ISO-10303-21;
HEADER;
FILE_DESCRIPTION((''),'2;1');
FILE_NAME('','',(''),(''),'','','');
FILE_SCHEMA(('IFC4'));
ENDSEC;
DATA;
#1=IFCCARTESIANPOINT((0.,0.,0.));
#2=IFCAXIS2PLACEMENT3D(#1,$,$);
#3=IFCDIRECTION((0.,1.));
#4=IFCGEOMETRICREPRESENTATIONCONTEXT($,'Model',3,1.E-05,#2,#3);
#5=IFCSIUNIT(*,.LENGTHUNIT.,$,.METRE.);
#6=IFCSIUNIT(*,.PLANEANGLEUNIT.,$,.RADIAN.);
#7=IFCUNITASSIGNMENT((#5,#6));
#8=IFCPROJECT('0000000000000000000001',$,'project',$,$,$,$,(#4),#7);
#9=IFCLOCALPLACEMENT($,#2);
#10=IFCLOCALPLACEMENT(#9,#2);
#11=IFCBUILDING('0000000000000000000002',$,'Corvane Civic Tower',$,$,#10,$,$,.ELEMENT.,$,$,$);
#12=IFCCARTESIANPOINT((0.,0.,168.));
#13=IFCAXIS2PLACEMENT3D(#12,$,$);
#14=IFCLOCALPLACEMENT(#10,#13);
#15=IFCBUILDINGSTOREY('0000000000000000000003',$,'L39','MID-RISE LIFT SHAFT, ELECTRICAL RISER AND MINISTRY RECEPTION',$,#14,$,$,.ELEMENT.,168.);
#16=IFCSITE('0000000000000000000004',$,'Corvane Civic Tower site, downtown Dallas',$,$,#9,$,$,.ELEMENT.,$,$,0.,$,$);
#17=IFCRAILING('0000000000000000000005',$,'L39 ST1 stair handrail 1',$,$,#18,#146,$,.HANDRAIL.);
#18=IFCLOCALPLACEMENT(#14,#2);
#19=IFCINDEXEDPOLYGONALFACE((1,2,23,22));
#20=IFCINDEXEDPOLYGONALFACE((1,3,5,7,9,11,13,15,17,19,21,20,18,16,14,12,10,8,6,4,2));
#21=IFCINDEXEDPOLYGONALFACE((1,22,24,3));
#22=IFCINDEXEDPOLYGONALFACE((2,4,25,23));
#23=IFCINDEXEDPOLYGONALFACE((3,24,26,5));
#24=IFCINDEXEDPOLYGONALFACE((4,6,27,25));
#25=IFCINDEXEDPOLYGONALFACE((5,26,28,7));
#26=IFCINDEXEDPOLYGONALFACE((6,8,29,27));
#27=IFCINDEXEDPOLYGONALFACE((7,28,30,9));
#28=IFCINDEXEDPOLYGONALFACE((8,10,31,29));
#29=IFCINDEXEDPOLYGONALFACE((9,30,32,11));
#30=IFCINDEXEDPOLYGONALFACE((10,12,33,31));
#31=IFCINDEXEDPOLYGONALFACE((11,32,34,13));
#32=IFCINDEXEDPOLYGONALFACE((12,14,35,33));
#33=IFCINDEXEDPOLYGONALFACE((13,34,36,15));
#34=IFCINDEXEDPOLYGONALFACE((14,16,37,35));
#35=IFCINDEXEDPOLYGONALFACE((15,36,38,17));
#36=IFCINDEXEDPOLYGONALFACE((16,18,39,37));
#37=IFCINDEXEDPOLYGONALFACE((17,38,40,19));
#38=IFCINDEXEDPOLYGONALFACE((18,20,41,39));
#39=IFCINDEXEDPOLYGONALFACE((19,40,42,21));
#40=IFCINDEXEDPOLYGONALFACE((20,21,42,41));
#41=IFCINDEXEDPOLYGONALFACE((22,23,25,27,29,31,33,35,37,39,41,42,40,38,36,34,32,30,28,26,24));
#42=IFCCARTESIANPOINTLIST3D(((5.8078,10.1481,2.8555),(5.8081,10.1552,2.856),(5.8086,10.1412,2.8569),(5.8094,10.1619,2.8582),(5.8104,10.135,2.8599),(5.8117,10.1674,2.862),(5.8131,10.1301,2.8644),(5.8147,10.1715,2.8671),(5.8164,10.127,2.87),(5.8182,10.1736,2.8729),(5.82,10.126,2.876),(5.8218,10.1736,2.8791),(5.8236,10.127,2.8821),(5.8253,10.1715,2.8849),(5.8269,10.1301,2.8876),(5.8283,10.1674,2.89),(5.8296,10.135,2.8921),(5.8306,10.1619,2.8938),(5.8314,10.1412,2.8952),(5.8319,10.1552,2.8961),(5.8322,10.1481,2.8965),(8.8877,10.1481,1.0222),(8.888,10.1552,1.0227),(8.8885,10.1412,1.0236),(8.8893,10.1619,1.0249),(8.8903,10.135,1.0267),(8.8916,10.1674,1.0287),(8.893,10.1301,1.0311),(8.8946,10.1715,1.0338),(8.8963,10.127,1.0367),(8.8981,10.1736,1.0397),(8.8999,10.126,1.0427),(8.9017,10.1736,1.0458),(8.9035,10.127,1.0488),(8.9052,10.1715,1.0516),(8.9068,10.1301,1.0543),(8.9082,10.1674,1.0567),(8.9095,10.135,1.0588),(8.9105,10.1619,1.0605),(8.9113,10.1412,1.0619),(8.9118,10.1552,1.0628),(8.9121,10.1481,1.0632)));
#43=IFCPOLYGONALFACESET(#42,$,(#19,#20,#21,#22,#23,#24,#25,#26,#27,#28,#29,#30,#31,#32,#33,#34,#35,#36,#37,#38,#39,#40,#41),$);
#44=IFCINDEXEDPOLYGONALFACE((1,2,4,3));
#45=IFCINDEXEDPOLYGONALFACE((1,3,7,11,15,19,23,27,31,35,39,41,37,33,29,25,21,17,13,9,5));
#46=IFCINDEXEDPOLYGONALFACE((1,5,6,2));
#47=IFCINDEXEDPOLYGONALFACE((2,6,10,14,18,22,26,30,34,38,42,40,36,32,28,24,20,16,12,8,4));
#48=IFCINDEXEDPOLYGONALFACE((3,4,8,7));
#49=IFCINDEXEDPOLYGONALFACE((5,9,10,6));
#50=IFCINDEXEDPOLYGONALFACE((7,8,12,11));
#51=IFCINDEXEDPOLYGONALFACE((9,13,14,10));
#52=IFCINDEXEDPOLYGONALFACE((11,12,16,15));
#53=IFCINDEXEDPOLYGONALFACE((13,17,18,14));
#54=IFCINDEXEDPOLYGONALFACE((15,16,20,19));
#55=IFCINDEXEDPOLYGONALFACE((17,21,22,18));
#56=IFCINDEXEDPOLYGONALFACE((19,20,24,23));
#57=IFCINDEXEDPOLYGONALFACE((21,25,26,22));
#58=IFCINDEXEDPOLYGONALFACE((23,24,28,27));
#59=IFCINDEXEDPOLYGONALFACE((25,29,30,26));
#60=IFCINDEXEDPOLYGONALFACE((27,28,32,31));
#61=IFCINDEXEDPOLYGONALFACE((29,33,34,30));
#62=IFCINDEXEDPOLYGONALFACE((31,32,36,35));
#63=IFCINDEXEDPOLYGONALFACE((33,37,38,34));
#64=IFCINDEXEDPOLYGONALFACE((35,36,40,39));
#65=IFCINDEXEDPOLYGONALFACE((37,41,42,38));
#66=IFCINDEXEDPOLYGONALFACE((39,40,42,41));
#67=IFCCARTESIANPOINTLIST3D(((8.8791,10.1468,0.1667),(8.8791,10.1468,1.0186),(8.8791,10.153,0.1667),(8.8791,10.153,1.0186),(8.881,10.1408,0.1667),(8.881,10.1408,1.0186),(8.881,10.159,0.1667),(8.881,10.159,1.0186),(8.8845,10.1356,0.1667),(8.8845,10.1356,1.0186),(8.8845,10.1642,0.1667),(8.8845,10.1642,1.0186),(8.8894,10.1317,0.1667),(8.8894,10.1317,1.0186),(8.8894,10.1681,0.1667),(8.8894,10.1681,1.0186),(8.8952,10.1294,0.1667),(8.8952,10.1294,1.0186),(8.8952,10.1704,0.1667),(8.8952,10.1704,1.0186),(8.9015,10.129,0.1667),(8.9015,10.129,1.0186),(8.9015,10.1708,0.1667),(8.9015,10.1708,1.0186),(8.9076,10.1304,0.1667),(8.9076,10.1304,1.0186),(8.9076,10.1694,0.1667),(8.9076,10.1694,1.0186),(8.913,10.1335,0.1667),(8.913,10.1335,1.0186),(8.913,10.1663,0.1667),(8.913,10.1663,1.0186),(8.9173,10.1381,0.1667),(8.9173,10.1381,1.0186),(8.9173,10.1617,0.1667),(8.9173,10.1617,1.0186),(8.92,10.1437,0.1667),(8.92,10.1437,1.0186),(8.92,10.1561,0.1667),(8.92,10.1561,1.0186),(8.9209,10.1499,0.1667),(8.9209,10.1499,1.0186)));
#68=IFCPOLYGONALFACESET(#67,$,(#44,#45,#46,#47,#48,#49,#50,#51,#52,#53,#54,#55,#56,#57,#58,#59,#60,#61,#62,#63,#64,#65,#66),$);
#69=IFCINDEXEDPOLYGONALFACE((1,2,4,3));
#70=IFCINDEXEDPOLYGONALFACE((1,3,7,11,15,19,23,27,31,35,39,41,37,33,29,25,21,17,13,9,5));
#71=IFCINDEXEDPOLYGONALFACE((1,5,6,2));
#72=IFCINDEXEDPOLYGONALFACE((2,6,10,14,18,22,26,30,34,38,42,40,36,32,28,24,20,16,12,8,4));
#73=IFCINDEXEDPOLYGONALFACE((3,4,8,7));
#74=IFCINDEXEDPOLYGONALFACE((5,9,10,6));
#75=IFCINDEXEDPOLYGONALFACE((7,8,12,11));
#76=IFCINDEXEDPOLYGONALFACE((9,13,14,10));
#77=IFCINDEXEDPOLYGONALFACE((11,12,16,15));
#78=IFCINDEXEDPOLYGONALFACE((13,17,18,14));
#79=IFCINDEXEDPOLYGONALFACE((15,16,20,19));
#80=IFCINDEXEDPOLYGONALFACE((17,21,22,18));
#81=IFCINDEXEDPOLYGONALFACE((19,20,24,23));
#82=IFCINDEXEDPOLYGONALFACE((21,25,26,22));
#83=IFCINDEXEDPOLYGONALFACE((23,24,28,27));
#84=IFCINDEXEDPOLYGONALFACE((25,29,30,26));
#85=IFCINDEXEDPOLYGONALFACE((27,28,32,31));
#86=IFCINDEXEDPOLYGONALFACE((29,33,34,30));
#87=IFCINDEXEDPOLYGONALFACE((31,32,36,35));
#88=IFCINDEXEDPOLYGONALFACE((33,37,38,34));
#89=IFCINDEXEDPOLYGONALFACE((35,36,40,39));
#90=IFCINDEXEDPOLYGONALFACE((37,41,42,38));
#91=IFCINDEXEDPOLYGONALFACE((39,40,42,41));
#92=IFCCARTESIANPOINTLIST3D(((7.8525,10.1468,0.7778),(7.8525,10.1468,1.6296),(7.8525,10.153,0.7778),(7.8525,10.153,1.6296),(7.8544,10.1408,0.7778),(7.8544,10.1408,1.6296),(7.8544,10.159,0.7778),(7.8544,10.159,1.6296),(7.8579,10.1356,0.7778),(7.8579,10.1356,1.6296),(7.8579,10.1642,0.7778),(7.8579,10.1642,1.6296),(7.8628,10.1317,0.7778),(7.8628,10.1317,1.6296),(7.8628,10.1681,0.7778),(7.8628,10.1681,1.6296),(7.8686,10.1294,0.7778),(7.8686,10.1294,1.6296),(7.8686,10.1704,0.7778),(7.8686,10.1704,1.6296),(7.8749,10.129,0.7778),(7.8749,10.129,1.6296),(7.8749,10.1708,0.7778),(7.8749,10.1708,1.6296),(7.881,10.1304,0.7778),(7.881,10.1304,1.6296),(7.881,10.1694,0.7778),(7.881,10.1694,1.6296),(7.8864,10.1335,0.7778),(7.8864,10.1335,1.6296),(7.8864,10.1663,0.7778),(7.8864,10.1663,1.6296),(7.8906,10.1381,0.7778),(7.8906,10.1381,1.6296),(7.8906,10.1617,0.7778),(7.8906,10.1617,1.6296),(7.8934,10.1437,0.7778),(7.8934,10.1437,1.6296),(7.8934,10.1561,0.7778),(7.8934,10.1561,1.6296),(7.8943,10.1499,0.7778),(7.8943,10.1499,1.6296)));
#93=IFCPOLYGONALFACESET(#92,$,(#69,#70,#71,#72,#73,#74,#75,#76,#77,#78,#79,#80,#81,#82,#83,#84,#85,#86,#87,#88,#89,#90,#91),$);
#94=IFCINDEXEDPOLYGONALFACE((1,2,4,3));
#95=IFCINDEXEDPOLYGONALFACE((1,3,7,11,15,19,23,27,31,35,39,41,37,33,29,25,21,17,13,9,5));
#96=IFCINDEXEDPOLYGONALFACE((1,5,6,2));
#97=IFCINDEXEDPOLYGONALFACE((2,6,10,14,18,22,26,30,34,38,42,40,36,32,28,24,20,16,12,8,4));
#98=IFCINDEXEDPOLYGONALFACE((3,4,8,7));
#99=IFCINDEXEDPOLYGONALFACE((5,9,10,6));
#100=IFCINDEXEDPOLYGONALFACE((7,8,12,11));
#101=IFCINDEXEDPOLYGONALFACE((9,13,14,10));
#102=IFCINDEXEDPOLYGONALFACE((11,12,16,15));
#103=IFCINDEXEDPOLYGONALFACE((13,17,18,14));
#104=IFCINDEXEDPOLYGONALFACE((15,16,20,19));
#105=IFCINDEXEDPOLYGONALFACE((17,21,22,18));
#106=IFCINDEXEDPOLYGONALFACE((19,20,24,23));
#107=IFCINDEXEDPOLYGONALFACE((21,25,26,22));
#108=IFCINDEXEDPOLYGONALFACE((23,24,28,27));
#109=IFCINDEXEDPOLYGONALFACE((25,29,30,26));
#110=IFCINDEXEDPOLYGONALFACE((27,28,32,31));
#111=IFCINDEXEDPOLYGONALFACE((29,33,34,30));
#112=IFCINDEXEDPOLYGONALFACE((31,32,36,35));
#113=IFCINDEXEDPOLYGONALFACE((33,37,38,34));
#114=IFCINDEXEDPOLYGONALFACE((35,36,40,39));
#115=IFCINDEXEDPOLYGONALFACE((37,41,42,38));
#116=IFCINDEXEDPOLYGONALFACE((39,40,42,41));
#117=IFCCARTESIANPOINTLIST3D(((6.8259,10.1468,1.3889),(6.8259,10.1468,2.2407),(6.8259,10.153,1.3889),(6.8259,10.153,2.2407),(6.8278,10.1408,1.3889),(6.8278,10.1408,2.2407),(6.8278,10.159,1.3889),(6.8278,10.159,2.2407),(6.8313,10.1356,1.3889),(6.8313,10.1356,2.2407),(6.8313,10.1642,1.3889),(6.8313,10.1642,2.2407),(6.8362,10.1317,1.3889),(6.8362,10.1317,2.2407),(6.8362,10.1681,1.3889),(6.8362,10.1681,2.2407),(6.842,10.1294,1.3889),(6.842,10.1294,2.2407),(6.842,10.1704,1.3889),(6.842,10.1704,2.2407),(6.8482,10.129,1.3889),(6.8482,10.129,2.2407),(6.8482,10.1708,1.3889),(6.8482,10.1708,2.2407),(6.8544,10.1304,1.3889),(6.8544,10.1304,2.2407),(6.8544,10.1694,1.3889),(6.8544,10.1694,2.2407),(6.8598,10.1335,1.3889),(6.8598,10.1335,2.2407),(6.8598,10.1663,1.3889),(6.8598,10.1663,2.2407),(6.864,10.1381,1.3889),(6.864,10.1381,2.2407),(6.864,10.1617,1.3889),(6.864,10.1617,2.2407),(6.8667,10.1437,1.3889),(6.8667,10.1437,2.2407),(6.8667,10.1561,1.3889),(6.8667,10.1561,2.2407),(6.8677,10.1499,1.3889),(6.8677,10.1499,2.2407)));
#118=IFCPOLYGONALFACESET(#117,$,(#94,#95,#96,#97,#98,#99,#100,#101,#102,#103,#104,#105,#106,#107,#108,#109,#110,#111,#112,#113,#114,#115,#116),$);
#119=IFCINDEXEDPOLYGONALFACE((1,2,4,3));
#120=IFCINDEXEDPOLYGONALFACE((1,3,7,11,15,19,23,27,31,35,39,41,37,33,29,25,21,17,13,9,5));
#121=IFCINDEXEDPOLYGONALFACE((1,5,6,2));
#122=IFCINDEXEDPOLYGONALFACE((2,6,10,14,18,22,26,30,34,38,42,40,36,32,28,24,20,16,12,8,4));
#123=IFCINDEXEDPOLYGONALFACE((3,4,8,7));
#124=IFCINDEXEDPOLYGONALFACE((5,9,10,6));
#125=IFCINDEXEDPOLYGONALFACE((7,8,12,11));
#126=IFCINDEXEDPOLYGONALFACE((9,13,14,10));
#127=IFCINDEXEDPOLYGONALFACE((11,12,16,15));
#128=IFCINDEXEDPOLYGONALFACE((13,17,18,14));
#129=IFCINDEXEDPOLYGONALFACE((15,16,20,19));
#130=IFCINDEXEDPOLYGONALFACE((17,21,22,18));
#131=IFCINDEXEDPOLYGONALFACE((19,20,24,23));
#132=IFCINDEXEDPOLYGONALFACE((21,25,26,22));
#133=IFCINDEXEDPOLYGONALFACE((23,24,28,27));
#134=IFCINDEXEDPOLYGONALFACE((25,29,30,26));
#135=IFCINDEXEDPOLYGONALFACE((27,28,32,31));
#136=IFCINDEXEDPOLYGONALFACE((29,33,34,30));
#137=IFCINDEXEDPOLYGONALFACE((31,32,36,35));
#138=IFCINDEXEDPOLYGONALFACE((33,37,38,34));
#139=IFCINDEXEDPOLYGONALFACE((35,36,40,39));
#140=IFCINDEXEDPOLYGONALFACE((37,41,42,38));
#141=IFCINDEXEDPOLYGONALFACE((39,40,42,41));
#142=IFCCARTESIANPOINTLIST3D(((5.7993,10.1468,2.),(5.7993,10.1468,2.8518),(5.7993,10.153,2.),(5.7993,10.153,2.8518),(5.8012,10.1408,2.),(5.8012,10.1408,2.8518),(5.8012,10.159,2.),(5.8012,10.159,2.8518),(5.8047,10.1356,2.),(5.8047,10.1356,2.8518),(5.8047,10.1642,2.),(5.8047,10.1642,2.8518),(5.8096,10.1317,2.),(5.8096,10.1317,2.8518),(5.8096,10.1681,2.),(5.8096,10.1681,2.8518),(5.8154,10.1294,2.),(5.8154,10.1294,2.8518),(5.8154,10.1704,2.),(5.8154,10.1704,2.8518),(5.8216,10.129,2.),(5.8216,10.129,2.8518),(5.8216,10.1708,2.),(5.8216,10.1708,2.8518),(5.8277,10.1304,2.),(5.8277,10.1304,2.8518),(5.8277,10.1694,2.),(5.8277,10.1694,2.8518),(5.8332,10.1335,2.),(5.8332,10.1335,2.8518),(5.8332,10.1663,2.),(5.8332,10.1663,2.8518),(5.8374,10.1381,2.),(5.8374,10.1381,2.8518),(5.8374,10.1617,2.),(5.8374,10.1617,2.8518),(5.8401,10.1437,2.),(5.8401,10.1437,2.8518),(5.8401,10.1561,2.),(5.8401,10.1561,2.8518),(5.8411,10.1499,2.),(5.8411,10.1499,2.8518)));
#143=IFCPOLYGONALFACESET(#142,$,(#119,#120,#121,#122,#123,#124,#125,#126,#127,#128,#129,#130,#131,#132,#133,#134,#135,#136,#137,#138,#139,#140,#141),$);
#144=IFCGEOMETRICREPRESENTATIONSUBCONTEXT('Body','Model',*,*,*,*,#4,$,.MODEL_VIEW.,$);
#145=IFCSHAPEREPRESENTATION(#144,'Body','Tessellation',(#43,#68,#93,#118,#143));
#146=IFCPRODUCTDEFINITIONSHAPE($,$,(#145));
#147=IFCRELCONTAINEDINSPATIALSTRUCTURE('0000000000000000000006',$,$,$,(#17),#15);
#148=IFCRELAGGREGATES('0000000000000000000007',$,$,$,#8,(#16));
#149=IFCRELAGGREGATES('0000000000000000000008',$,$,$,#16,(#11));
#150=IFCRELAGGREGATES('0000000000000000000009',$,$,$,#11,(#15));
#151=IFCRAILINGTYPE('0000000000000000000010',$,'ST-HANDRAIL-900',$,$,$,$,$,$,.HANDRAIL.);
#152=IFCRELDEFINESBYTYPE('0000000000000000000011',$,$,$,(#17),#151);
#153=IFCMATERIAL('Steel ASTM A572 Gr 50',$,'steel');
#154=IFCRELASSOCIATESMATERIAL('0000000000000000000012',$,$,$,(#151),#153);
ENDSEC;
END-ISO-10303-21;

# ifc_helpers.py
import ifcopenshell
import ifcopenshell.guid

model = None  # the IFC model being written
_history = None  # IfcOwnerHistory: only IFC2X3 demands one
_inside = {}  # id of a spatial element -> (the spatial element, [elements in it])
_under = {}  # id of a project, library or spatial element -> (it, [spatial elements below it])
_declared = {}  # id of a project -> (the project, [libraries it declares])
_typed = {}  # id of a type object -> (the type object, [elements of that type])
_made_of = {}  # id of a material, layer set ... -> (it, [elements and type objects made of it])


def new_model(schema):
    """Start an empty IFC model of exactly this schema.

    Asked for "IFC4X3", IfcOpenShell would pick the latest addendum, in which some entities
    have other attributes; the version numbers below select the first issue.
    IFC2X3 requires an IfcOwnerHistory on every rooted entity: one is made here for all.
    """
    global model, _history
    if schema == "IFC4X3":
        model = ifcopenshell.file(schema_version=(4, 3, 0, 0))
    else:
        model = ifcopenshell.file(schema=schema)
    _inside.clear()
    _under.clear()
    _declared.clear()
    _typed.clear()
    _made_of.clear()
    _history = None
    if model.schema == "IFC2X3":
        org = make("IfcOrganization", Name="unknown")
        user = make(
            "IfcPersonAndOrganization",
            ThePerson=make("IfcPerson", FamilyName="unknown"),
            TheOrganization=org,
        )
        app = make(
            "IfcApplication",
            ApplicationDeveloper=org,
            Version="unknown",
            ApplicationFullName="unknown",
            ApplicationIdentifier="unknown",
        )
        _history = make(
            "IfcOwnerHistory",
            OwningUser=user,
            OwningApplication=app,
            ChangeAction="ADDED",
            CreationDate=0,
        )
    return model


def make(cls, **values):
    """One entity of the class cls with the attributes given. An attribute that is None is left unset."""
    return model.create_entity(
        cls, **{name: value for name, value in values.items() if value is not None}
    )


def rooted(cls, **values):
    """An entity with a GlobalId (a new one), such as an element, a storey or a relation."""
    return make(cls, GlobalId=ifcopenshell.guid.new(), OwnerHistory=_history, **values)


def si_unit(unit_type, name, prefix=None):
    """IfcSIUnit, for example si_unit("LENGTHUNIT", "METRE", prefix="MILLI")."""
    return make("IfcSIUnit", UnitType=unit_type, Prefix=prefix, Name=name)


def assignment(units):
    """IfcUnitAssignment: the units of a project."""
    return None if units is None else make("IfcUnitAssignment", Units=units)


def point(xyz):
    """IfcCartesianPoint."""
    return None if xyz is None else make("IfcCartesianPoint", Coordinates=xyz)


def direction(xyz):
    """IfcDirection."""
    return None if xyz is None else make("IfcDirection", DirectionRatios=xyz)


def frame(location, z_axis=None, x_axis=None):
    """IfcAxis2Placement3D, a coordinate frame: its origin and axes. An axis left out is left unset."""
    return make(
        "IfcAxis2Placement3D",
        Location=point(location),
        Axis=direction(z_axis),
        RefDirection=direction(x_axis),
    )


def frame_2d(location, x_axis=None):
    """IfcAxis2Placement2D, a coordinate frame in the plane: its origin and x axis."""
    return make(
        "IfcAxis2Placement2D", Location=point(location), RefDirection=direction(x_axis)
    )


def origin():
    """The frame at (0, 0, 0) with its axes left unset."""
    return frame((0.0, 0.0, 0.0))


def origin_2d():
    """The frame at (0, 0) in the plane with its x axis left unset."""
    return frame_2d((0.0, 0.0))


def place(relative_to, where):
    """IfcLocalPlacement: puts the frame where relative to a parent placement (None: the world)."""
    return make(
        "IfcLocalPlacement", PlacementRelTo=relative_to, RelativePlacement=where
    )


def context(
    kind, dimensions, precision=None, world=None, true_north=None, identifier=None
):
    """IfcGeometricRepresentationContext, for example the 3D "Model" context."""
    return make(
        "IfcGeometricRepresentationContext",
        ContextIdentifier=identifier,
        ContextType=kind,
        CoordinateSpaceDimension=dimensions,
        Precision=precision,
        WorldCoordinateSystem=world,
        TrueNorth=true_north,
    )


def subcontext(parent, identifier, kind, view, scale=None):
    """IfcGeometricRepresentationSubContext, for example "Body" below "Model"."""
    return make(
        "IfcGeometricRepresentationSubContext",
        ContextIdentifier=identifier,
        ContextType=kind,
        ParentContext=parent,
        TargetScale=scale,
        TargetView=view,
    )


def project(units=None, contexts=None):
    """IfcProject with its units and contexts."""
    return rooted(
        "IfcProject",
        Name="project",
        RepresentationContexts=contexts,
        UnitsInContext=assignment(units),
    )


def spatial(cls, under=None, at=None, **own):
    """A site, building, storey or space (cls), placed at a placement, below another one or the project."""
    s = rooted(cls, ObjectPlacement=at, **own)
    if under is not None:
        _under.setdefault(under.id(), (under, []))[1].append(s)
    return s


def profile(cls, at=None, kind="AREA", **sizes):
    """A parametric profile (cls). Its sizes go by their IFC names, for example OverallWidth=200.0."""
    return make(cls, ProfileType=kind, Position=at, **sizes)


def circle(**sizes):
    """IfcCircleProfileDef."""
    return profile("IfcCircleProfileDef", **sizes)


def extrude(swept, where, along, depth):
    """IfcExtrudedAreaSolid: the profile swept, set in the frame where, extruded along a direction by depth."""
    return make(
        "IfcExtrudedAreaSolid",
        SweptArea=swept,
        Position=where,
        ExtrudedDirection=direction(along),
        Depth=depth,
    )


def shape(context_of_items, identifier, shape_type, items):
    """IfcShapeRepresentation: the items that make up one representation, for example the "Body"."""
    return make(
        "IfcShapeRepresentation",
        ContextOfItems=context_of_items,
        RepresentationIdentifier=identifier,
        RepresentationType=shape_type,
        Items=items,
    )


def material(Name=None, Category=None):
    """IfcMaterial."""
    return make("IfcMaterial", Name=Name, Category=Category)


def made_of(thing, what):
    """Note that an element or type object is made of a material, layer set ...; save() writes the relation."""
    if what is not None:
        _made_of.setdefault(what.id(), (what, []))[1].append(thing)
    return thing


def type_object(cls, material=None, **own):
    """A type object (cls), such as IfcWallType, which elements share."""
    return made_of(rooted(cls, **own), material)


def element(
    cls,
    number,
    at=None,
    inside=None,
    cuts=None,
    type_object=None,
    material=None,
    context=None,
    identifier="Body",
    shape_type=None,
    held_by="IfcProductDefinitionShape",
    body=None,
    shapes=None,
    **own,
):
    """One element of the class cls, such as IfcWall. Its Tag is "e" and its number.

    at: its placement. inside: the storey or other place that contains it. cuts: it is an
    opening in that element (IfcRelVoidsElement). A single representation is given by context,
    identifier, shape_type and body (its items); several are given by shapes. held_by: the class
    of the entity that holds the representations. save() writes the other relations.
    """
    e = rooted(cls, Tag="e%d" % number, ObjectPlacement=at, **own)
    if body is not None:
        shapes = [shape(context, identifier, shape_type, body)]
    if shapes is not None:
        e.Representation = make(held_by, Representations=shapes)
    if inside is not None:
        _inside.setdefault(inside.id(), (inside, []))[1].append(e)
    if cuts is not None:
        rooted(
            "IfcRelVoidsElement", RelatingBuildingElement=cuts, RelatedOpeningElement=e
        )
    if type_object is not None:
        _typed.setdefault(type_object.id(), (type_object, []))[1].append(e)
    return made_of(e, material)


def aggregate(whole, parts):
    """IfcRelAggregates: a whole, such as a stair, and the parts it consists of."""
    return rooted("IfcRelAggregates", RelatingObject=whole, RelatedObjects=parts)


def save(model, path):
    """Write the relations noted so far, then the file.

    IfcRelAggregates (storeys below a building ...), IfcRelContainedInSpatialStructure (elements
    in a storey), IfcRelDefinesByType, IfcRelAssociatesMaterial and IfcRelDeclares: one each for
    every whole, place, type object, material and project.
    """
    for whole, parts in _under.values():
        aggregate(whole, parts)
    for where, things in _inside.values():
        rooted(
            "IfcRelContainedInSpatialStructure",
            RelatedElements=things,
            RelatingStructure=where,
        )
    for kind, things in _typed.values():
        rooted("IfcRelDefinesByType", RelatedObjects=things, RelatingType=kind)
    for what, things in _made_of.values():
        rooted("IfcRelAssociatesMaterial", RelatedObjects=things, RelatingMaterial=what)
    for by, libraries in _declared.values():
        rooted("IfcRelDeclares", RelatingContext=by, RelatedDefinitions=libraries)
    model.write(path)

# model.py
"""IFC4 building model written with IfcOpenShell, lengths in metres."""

from ifc_helpers import new_model, si_unit, direction, frame, origin, origin_2d, place, context, subcontext, project, spatial, circle, extrude, material, type_object, element, save


model = new_model("IFC4")

# Units and contexts
model_context = context("Model", 3, precision=1e-05, world=origin(), true_north=direction((0.0, 1.0)))
body_context = subcontext(model_context, "Body", "Model", "MODEL_VIEW")
ifc_project = project(units=[si_unit("LENGTHUNIT", "METRE"), si_unit("PLANEANGLEUNIT", "RADIAN")], contexts=[model_context])

# Site, building, storey
site_placement = place(None, origin())
site = spatial("IfcSite", under=ifc_project, at=site_placement, Name="Corvane Civic Tower site, downtown Dallas", CompositionType="ELEMENT", RefElevation=0.0)
building_placement = place(site_placement, origin())
building = spatial("IfcBuilding", under=site, at=building_placement, Name="Corvane Civic Tower", CompositionType="ELEMENT")
storey_placement = place(building_placement, frame((0.0, 0.0, 168.0)))
storey = spatial("IfcBuildingStorey", under=building, at=storey_placement, Name="L39", Description="MID-RISE LIFT SHAFT, ELECTRICAL RISER AND MINISTRY RECEPTION", CompositionType="ELEMENT", Elevation=168.0)

# Railing
ifc_material_1 = material(Name="Steel ASTM A572 Gr 50", Category="steel")
railing_type = type_object("IfcRailingType", Name="ST-HANDRAIL-900", PredefinedType="HANDRAIL", material=ifc_material_1)
railing_placement = place(storey_placement, frame((8.8999, 10.1499, 0.1667)))
element("IfcRailing", 1, at=railing_placement, inside=storey, type_object=railing_type, Name="L39 ST1 stair handrail 1", PredefinedType="HANDRAIL", context=body_context, shape_type="SweptSolid", body=[
    extrude(circle(Radius=0.0239, at=origin_2d()), frame((0.0, 0.0, 0.876), z_axis=(-0.859291, 0.0, 0.511487), x_axis=(0.0, -1.0, 0.0)), (0.0, 0.0, 1.0), 3.5842),
    extrude(circle(Radius=0.021, at=origin_2d()), origin(), (0.0, 0.0, 1.0), 0.8518),
    extrude(circle(Radius=0.021, at=origin_2d()), frame((-1.0266, 0.0, 0.6111)), (0.0, 0.0, 1.0), 0.8518),
    extrude(circle(Radius=0.021, at=origin_2d()), frame((-2.0532, 0.0, 1.2222)), (0.0, 0.0, 1.0), 0.8518),
    extrude(circle(Radius=0.021, at=origin_2d()), frame((-3.0798, 0.0, 1.8333)), (0.0, 0.0, 1.0), 0.8518),
])

save(model, "model.ifc")
